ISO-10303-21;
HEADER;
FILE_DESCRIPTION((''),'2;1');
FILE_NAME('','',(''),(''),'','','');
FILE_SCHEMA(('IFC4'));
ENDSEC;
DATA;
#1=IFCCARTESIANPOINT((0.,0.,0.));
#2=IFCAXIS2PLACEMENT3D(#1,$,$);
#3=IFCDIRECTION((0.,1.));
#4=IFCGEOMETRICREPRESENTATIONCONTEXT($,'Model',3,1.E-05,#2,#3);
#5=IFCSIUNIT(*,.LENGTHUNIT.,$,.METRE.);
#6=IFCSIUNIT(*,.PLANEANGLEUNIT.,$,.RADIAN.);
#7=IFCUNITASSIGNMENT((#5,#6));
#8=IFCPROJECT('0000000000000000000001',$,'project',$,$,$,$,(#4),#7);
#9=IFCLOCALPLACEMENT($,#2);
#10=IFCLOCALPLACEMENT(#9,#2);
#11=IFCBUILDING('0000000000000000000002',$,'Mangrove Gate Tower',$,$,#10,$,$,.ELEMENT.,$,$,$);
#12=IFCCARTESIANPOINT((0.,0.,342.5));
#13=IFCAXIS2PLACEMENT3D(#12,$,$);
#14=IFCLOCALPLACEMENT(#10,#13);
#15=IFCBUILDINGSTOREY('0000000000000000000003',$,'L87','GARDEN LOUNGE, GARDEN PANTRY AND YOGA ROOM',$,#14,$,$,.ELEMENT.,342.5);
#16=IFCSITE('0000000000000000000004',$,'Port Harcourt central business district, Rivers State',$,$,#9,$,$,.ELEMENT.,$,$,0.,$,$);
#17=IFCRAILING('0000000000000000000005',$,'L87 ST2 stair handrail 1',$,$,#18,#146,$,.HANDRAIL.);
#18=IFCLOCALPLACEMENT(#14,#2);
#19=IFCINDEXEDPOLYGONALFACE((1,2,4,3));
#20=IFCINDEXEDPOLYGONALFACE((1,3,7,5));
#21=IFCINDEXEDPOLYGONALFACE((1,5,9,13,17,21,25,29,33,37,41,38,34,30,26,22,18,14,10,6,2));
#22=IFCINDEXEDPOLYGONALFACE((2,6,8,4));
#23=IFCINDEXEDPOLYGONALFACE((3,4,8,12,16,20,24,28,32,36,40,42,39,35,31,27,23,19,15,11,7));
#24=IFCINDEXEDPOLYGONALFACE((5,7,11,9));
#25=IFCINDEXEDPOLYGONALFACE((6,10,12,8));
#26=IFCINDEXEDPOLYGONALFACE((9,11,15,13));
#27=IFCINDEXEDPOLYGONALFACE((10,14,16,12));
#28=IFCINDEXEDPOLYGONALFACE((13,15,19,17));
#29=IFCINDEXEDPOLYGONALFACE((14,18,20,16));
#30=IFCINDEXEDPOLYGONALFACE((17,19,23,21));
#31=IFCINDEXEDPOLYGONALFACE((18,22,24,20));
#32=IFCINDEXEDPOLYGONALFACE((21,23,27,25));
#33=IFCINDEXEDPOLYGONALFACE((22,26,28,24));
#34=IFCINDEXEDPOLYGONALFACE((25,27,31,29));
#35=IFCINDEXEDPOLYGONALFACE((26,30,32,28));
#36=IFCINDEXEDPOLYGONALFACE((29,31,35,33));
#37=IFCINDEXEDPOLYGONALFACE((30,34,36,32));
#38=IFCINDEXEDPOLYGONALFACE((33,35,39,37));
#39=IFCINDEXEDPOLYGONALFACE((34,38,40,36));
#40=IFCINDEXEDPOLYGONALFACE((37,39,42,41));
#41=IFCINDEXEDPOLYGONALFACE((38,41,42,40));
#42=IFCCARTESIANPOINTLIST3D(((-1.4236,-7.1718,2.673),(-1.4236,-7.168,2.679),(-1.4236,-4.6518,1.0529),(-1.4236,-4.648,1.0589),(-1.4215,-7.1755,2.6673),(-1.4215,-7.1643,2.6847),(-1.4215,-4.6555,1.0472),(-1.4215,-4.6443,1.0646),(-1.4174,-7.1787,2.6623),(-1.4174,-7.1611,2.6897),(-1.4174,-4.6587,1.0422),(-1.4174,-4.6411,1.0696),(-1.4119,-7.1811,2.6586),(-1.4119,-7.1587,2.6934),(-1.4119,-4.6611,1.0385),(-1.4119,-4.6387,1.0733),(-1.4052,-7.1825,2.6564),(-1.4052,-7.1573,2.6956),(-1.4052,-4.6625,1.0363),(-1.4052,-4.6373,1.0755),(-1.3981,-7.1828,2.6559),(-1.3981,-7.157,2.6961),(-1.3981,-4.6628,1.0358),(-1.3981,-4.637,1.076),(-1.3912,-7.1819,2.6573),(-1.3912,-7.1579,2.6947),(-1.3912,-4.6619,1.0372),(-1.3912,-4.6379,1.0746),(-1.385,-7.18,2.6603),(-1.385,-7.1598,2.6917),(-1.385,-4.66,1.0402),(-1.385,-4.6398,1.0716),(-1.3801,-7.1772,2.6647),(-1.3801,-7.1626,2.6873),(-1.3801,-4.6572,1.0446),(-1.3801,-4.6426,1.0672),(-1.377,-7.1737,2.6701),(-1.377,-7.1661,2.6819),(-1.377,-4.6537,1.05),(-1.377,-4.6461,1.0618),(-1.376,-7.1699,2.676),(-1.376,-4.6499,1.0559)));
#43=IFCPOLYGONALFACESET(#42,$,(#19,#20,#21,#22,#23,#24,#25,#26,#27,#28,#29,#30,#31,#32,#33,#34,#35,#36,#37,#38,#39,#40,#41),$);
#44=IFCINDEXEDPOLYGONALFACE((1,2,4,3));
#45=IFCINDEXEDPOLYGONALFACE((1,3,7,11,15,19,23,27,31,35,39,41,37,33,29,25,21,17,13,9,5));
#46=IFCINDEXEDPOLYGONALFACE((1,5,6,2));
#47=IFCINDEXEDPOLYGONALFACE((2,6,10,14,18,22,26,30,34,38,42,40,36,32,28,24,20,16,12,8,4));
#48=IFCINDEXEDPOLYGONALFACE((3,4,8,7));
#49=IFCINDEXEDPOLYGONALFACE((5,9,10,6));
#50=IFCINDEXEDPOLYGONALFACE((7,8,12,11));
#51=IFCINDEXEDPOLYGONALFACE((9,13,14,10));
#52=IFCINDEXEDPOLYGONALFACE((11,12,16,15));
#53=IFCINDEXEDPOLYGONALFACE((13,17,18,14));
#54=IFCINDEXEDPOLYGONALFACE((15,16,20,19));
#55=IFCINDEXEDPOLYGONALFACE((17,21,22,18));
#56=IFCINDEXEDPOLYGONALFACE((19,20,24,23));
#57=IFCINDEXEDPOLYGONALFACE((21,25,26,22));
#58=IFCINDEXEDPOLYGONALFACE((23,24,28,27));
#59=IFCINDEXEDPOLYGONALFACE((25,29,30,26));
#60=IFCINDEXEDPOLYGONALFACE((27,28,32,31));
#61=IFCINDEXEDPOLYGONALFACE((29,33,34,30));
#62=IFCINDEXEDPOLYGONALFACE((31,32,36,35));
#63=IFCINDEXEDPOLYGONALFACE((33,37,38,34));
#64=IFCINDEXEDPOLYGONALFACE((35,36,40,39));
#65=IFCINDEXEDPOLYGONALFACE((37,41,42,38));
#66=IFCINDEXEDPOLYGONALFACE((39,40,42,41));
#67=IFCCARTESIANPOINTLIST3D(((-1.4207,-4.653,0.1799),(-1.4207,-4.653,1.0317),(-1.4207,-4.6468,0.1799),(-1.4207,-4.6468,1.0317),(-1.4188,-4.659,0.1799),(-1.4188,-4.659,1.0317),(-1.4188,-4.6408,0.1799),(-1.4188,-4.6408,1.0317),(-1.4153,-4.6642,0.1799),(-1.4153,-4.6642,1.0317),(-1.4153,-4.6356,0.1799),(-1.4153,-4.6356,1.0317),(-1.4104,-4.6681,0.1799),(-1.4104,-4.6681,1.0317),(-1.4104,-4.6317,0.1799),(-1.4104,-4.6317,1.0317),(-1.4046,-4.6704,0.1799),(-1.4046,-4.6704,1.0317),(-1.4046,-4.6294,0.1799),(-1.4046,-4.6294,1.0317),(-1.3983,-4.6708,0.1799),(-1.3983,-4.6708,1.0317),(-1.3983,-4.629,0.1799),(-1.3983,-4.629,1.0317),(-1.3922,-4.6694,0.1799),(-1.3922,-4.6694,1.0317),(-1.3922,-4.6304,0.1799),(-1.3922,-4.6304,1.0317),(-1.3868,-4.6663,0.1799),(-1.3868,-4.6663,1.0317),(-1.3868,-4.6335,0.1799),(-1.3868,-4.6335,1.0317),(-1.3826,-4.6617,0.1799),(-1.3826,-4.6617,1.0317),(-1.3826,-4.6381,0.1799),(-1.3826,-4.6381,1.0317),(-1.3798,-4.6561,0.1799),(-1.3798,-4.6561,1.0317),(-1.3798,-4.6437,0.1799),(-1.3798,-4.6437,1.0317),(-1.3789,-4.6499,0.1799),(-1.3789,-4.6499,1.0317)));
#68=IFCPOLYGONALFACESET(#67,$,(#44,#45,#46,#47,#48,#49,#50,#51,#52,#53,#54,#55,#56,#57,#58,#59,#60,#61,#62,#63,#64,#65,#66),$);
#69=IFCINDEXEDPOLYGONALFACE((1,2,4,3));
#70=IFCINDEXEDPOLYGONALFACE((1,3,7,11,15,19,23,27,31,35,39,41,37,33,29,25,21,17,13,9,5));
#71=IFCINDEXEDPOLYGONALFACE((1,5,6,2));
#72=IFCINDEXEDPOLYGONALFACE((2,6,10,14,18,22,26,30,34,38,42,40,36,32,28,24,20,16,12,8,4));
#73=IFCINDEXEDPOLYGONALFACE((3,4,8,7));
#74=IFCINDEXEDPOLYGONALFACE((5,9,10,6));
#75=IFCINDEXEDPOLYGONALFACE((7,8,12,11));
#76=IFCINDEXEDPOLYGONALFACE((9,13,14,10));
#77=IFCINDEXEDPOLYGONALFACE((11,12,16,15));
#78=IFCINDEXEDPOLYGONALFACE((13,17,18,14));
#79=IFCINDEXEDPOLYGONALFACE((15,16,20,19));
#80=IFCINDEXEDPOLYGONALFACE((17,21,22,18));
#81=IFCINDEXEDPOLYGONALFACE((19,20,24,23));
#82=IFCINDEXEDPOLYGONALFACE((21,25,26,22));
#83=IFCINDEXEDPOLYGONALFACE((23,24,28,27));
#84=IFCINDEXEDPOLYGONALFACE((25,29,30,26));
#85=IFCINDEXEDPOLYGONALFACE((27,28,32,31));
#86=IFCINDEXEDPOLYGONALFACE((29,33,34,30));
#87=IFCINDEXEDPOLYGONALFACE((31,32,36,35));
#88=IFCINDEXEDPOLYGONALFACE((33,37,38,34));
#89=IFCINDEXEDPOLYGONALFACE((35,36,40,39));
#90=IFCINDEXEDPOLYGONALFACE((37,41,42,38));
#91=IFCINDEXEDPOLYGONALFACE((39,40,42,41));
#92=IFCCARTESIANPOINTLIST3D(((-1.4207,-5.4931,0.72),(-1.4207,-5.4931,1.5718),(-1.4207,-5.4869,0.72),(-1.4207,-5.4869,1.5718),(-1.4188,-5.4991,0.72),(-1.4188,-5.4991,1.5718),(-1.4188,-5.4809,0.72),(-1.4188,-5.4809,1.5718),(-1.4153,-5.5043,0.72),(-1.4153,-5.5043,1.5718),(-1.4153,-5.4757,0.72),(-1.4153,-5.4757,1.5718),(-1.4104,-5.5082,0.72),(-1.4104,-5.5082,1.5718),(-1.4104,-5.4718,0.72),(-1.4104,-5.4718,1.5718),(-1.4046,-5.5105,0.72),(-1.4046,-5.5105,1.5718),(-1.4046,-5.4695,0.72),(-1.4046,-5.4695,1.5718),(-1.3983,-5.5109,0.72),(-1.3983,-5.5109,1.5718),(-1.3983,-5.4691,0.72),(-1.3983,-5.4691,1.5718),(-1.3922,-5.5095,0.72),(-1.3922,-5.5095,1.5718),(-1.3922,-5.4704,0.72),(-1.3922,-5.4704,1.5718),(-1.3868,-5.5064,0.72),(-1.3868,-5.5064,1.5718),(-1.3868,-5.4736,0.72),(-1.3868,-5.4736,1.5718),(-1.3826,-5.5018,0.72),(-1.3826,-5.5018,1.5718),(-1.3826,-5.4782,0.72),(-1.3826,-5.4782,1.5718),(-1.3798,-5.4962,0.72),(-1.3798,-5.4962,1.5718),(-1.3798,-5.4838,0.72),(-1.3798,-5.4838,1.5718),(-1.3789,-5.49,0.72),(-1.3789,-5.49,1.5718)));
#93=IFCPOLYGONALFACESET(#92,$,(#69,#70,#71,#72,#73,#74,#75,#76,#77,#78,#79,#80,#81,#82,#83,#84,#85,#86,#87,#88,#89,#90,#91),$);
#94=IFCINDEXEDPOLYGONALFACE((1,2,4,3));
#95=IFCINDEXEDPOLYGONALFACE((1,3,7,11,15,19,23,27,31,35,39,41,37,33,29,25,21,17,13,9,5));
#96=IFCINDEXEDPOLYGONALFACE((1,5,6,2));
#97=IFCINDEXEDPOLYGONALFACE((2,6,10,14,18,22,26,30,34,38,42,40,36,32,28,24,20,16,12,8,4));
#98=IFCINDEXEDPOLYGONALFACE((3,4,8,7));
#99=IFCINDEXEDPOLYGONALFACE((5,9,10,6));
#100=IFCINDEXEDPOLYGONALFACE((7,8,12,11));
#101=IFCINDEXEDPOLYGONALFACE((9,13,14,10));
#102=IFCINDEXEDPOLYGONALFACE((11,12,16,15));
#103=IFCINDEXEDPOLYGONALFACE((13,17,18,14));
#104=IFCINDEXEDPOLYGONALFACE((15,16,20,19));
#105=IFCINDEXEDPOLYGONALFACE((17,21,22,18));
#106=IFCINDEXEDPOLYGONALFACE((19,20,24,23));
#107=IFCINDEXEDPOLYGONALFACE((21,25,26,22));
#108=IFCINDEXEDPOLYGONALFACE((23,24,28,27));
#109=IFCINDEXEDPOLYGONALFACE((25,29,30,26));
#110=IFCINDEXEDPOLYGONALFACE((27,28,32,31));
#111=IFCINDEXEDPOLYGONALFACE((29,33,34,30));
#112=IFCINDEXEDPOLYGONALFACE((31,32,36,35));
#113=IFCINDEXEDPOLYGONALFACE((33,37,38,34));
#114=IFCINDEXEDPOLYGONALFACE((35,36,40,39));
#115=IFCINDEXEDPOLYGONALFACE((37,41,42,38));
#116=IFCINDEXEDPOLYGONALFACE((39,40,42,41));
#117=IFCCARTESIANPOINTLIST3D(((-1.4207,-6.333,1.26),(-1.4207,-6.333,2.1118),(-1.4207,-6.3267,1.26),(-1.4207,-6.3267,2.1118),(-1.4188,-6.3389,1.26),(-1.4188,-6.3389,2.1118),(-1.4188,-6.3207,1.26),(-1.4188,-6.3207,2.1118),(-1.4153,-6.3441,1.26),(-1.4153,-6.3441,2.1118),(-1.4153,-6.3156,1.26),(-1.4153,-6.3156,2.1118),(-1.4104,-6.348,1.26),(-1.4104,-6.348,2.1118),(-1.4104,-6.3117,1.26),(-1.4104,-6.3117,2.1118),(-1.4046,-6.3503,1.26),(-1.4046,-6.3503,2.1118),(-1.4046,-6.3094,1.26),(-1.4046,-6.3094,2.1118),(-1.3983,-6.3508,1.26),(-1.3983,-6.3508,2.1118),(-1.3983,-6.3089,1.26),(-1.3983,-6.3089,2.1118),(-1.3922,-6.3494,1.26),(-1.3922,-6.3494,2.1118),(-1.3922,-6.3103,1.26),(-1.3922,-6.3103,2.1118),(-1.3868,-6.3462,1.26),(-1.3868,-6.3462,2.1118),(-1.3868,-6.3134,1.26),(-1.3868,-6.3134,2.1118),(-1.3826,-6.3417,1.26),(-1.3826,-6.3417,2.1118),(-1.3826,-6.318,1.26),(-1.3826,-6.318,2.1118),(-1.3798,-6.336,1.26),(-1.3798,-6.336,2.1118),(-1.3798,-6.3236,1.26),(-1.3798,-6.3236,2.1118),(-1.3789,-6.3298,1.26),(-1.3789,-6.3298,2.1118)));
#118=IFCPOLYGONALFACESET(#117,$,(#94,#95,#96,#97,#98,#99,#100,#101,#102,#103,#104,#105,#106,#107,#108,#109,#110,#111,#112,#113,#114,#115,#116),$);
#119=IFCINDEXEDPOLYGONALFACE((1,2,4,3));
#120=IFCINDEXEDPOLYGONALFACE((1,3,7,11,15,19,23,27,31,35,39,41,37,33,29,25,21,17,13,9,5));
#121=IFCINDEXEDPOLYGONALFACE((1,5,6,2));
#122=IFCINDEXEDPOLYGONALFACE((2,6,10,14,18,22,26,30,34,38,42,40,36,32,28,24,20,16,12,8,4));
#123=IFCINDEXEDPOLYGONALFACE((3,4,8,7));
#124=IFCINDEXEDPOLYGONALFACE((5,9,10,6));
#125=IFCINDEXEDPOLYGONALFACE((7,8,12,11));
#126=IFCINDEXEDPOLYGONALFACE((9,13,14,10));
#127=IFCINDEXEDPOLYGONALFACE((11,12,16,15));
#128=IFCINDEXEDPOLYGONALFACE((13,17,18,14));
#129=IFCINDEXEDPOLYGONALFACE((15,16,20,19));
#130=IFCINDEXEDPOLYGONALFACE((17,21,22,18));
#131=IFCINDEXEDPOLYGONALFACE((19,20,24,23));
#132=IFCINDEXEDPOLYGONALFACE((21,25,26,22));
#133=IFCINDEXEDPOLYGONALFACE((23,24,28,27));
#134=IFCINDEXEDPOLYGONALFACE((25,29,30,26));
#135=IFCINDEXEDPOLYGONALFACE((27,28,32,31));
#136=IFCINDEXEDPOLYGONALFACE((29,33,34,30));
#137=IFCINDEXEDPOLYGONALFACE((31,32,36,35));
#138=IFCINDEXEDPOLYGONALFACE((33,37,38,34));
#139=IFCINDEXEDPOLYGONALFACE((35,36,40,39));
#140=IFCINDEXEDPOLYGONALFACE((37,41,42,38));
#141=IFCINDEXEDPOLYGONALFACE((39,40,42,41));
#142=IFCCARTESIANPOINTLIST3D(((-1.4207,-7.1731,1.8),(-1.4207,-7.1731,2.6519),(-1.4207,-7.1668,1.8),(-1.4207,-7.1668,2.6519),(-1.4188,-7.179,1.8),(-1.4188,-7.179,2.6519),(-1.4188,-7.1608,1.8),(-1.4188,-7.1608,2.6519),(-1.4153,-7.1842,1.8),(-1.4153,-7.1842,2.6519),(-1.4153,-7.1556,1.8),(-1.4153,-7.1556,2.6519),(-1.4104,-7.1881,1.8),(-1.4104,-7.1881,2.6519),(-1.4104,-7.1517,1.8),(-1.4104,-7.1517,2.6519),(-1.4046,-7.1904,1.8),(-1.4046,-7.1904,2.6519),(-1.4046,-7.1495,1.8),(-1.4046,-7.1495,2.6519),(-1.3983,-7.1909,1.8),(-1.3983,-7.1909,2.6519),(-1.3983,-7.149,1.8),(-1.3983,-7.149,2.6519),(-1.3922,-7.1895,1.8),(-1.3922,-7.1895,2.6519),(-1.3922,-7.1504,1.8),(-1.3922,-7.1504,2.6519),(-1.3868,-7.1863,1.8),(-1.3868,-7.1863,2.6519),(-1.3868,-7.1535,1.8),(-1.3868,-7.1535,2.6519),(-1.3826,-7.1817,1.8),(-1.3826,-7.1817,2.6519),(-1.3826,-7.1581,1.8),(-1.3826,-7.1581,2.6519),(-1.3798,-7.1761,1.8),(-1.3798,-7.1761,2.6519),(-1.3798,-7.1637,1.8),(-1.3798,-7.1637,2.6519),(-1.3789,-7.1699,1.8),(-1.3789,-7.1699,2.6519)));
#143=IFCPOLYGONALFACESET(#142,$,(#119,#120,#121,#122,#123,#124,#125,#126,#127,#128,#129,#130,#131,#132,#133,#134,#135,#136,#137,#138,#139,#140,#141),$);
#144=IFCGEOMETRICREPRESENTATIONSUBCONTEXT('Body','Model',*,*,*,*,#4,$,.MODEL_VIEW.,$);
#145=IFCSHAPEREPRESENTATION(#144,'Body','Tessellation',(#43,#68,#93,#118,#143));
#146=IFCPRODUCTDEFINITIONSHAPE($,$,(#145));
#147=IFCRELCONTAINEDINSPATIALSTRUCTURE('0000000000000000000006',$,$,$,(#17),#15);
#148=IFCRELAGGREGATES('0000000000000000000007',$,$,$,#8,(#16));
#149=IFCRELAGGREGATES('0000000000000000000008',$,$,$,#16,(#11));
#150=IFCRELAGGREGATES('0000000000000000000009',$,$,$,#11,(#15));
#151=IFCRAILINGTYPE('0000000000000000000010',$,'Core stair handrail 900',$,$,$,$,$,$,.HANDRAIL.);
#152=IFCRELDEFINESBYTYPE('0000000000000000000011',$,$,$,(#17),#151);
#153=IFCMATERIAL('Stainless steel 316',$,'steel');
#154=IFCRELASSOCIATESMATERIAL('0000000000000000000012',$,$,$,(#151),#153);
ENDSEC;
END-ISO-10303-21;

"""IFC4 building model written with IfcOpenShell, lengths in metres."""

from ifc_helpers import new_model, si_unit, direction, frame, origin, origin_2d, place, context, subcontext, project, spatial, circle, extrude, material, type_object, element, save


model = new_model("IFC4")

# Units and contexts
model_context = context("Model", 3, precision=1e-05, world=origin(), true_north=direction((0.0, 1.0)))
body_context = subcontext(model_context, "Body", "Model", "MODEL_VIEW")
ifc_project = project(units=[si_unit("LENGTHUNIT", "METRE"), si_unit("PLANEANGLEUNIT", "RADIAN")], contexts=[model_context])

# Site, building, storey
site_placement = place(None, origin())
site = spatial("IfcSite", under=ifc_project, at=site_placement, Name="Port Harcourt central business district, Rivers State", CompositionType="ELEMENT", RefElevation=0.0)
building_placement = place(site_placement, origin())
building = spatial("IfcBuilding", under=site, at=building_placement, Name="Mangrove Gate Tower", CompositionType="ELEMENT")
storey_placement = place(building_placement, frame((0.0, 0.0, 342.5)))
storey = spatial("IfcBuildingStorey", under=building, at=storey_placement, Name="L87", Description="GARDEN LOUNGE, GARDEN PANTRY AND YOGA ROOM", CompositionType="ELEMENT", Elevation=342.5)

# Railing
ifc_material_1 = material(Name="Stainless steel 316", Category="steel")
railing_type_1 = type_object("IfcRailingType", Name="Core stair handrail 900", PredefinedType="HANDRAIL", material=ifc_material_1)
railing_1_placement = place(storey_placement, frame((-1.3999, -4.6499, 0.1799)))
element("IfcRailing", 1, at=railing_1_placement, inside=storey, type_object=railing_type_1, Name="L87 ST2 stair handrail 1", PredefinedType="HANDRAIL", context=body_context, shape_type="SweptSolid", body=[
    extrude(circle(Radius=0.0239, at=origin_2d()), frame((0.0, 0.0, 0.876), z_axis=(0.0, -0.841163, 0.540782), x_axis=(1.0, 0.0, 0.0)), (0.0, 0.0, 1.0), 2.9958),
    extrude(circle(Radius=0.021, at=origin_2d()), origin(), (0.0, 0.0, 1.0), 0.8518),
    extrude(circle(Radius=0.021, at=origin_2d()), frame((0.0, -0.8401, 0.54)), (0.0, 0.0, 1.0), 0.8518),
    extrude(circle(Radius=0.021, at=origin_2d()), frame((0.0, -1.6799, 1.0801)), (0.0, 0.0, 1.0), 0.8518),
    extrude(circle(Radius=0.021, at=origin_2d()), frame((0.0, -2.52, 1.6201)), (0.0, 0.0, 1.0), 0.8518),
])

save(model, "model.ifc")
